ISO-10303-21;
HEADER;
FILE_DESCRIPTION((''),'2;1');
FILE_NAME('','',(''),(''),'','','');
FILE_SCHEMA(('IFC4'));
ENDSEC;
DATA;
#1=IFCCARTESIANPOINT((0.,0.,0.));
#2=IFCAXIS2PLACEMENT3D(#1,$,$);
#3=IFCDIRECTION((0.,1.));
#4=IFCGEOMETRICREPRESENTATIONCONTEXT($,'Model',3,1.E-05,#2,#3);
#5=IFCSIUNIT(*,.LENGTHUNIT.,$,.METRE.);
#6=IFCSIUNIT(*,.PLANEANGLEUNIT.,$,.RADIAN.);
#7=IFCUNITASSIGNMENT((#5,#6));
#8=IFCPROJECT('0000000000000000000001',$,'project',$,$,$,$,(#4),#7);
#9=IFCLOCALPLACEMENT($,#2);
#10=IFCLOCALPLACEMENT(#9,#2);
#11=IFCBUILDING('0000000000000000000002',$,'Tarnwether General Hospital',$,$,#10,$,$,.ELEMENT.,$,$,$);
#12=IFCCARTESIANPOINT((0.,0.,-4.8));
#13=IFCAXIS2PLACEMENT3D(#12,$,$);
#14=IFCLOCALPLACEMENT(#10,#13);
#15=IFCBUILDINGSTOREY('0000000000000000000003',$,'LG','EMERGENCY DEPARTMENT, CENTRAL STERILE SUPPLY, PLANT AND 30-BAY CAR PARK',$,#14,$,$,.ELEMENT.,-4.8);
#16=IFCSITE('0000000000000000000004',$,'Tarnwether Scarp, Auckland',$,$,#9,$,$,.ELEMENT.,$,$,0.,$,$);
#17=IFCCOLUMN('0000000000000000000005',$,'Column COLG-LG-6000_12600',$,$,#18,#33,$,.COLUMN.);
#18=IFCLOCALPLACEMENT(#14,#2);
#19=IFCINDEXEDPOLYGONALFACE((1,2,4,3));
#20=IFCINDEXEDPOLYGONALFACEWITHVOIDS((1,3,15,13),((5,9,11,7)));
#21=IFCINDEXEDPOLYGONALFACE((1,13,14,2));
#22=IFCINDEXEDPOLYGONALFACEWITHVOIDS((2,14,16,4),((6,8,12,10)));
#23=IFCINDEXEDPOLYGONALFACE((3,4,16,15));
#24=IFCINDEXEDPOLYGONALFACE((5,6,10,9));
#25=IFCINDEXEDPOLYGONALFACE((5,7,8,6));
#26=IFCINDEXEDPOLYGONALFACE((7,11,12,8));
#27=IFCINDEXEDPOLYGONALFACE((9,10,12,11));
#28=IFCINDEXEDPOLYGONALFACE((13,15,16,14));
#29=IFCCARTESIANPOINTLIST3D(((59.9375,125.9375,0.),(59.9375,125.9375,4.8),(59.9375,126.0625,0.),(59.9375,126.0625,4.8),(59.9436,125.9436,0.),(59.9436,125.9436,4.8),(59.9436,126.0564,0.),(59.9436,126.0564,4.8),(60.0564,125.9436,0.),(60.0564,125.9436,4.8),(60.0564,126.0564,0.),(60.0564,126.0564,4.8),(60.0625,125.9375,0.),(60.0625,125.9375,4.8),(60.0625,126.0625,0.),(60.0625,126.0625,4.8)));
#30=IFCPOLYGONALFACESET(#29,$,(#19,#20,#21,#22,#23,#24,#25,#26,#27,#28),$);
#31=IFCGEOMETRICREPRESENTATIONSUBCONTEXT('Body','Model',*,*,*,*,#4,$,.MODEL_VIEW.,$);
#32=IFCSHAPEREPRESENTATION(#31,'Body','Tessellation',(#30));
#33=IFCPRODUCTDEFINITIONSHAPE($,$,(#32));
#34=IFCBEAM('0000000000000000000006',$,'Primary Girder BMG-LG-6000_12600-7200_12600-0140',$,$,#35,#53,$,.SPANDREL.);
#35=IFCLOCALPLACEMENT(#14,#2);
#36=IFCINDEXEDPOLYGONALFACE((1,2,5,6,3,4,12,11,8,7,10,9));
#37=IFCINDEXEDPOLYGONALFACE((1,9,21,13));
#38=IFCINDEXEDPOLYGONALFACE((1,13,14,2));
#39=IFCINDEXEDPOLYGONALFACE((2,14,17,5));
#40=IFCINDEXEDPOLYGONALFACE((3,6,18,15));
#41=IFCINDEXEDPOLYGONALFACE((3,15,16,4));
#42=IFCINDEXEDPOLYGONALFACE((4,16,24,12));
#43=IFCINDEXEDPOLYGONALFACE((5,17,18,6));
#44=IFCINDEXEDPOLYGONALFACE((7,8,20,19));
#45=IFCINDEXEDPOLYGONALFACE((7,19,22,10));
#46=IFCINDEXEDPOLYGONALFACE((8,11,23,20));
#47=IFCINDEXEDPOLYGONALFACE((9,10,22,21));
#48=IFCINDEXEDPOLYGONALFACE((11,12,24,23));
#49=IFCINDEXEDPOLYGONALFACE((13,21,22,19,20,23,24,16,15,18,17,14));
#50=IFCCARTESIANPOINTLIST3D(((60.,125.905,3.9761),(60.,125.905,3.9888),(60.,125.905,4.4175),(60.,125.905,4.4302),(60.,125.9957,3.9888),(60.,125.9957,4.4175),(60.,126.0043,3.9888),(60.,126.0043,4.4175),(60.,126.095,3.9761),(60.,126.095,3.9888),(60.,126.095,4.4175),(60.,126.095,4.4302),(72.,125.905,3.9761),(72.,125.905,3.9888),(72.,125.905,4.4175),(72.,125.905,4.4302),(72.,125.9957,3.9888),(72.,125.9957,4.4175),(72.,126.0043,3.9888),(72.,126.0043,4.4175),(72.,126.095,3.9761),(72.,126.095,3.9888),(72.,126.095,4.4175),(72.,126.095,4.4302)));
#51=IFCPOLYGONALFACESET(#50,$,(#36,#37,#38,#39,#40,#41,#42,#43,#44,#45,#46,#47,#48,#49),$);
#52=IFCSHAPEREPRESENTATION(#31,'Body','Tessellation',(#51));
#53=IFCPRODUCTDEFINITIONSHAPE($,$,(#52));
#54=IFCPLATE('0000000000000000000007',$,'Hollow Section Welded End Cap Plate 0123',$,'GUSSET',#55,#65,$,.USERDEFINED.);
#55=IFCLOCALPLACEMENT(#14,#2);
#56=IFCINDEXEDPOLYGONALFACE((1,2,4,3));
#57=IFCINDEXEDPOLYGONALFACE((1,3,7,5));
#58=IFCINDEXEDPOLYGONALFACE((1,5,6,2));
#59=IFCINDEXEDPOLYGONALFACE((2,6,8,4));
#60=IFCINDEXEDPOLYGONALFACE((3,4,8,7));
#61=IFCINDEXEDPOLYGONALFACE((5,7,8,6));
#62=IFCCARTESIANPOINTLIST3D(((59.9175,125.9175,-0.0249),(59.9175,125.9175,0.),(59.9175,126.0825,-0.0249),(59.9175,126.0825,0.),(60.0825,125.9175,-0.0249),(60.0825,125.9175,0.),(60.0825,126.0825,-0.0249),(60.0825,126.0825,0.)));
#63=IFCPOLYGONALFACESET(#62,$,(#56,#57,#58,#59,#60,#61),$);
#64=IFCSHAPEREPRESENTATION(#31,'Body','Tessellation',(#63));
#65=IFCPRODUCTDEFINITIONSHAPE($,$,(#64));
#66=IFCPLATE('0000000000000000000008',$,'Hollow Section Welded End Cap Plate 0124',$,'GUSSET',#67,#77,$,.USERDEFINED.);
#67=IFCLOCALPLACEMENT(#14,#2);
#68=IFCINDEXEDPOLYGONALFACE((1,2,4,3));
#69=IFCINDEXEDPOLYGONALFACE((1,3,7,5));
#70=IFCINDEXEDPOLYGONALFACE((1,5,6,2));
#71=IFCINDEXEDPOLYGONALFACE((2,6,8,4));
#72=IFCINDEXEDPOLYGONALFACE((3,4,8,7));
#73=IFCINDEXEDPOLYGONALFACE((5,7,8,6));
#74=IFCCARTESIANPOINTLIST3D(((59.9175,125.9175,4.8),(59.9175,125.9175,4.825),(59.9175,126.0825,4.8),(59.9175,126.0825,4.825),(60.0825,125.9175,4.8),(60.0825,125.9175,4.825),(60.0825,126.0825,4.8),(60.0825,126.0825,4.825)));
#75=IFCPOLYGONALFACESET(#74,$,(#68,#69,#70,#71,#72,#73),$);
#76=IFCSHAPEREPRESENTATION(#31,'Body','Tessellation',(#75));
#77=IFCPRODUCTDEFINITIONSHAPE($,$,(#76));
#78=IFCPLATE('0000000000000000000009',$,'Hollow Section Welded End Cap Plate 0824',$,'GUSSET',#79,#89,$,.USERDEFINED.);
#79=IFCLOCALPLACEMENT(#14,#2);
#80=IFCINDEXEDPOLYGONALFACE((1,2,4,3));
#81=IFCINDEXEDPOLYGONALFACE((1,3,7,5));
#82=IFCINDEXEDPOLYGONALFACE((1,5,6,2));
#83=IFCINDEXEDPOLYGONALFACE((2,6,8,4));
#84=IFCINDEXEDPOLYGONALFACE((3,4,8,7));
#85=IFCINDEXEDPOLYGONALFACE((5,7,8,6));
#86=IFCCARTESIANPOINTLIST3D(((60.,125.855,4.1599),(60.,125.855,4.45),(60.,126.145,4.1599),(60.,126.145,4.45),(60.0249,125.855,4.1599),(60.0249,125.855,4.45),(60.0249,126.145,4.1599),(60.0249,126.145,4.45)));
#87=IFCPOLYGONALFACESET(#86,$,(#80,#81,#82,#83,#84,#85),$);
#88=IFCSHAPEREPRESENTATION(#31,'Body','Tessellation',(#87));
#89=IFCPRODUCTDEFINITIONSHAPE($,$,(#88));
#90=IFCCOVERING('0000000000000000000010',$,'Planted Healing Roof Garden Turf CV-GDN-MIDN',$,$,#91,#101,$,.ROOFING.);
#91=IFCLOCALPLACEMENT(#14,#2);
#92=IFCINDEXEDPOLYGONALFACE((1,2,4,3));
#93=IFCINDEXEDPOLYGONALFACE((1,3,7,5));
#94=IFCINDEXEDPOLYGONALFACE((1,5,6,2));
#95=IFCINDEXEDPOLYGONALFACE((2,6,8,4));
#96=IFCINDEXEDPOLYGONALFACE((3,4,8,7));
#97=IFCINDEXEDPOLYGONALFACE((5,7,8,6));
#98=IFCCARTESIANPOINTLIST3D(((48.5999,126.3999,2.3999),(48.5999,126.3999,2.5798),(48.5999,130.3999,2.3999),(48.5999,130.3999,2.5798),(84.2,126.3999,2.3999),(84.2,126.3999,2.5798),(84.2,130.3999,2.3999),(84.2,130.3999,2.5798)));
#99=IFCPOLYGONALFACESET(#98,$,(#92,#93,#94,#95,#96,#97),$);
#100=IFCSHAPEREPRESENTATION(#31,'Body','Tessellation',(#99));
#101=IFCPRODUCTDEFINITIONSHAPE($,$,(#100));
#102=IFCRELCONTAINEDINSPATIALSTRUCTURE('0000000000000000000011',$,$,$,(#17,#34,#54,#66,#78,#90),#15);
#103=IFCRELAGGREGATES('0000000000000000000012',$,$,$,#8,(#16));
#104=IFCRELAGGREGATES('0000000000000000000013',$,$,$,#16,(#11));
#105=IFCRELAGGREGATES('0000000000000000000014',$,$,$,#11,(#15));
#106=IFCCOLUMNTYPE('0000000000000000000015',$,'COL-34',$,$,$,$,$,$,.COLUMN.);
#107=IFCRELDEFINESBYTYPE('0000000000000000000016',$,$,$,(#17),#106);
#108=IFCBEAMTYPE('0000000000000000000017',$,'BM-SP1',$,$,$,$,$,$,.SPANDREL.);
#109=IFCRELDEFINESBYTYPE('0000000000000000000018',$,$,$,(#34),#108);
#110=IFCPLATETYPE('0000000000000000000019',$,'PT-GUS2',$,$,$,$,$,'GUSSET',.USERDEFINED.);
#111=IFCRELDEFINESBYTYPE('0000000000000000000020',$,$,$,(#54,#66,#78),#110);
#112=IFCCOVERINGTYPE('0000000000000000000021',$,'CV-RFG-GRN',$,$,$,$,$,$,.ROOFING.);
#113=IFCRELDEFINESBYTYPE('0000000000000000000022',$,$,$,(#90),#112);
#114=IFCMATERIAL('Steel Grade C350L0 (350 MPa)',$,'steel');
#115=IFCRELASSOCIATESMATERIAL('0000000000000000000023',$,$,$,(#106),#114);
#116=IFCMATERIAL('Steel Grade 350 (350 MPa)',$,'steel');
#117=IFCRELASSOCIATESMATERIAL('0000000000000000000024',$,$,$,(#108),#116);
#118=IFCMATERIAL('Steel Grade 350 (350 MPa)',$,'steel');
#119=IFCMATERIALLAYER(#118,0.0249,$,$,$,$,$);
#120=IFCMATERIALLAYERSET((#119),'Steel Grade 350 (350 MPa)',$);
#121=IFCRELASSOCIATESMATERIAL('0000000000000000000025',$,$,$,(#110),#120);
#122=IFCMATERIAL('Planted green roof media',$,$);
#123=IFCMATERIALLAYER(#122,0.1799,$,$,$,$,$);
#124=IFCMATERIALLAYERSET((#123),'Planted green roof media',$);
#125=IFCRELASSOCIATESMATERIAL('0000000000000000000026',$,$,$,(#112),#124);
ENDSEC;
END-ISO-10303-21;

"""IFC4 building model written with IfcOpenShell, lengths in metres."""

from ifc_helpers import new_model, si_unit, direction, frame, origin, origin_2d, place, context, subcontext, project, spatial, rectangle, hollow_rectangle, i_section, extrude, material, layer, layer_set, material_profile, profile_set, type_object, element, save


model = new_model("IFC4")

# Units and contexts
model_context = context("Model", 3, precision=1e-05, world=origin(), true_north=direction((0.0, 1.0)))
body_context = subcontext(model_context, "Body", "Model", "MODEL_VIEW")
ifc_project = project(units=[si_unit("LENGTHUNIT", "METRE"), si_unit("PLANEANGLEUNIT", "RADIAN")], contexts=[model_context])

# Site, building, storey
site_placement = place(None, origin())
site = spatial("IfcSite", under=ifc_project, at=site_placement, Name="Tarnwether Scarp, Auckland", CompositionType="ELEMENT", RefElevation=0.0)
building_placement = place(site_placement, origin())
building = spatial("IfcBuilding", under=site, at=building_placement, Name="Tarnwether General Hospital", CompositionType="ELEMENT")
storey_placement = place(building_placement, frame((0.0, 0.0, -4.8)))
storey = spatial("IfcBuildingStorey", under=building, at=storey_placement, Name="LG", Description="EMERGENCY DEPARTMENT, CENTRAL STERILE SUPPLY, PLANT AND 30-BAY CAR PARK", CompositionType="ELEMENT", Elevation=-4.8)

# Column
ifc_material_1 = material(Name="Steel Grade C350L0 (350 MPa)", Category="steel")
ifc_material_profile_1 = material_profile(ifc_material_1, hollow_rectangle(XDim=0.125, YDim=0.125, WallThickness=0.0061, at=origin_2d()), Name="SHS125x125x6")
ifc_profile_set_1 = profile_set([ifc_material_profile_1], Name="Steel Grade C350L0 (350 MPa)")
column_type = type_object("IfcColumnType", Name="COL-34", PredefinedType="COLUMN", material=ifc_profile_set_1)
column_placement = place(storey_placement, frame((60.0, 126.0, 0.0), z_axis=(0.0, 0.0, 1.0), x_axis=(0.0, 1.0, 0.0)))
element("IfcColumn", 1, at=column_placement, inside=storey, type_object=column_type, Name="Column COLG-LG-6000_12600", PredefinedType="COLUMN", context=body_context, shape_type="SweptSolid", body=[
    extrude(hollow_rectangle(XDim=0.125, YDim=0.125, WallThickness=0.0061, at=origin_2d()), origin(), (0.0, 0.0, 1.0), 4.8),
])

# Beam
ifc_material_2 = material(Name="Steel Grade 350 (350 MPa)", Category="steel")
ifc_material_profile_2 = material_profile(ifc_material_2, i_section(OverallWidth=0.1899, OverallDepth=0.4541, WebThickness=0.0085, FlangeThickness=0.0127, at=origin_2d()), Name="460UB67.1")
ifc_profile_set_2 = profile_set([ifc_material_profile_2], Name="Steel Grade 350 (350 MPa)")
beam_type = type_object("IfcBeamType", Name="BM-SP1", PredefinedType="SPANDREL", material=ifc_profile_set_2)
beam_placement = place(storey_placement, frame((60.0, 126.0, 4.2031), z_axis=(1.0, 0.0, 0.0), x_axis=(0.0, 1.0, 0.0)))
element("IfcBeam", 2, at=beam_placement, inside=storey, type_object=beam_type, Name="Primary Girder BMG-LG-6000_12600-7200_12600-0140", PredefinedType="SPANDREL", context=body_context, shape_type="SweptSolid", body=[
    extrude(i_section(OverallWidth=0.1899, OverallDepth=0.4541, WebThickness=0.0085, FlangeThickness=0.0127, at=origin_2d()), origin(), (0.0, 0.0, 1.0), 12.0),
])

# Plates
ifc_material_3 = material(Name="Steel Grade 350 (350 MPa)", Category="steel")
ifc_layer_1 = layer(ifc_material_3, 0.0249)
ifc_layer_set_1 = layer_set([ifc_layer_1], Name="Steel Grade 350 (350 MPa)")
plate_type = type_object("IfcPlateType", Name="PT-GUS2", ElementType="GUSSET", PredefinedType="USERDEFINED", material=ifc_layer_set_1)
for number, where, z_axis, x_axis, name in (
    (3, (60.0, 126.0, -0.0249), (0.0, 0.0, 1.0), (1.0, 0.0, 0.0), "Hollow Section Welded End Cap Plate 0123"),
    (4, (60.0, 126.0, 4.8), (0.0, 0.0, 1.0), (1.0, 0.0, 0.0), "Hollow Section Welded End Cap Plate 0124"),
):
    element("IfcPlate", number, at=place(storey_placement, frame(where, z_axis=z_axis, x_axis=x_axis)), inside=storey, type_object=plate_type, Name=name, ObjectType="GUSSET", PredefinedType="USERDEFINED", context=body_context, shape_type="SweptSolid", body=[
        extrude(rectangle(XDim=0.165, YDim=0.165, at=origin_2d()), origin(), (0.0, 0.0, 1.0), 0.0249),
    ])
plate_placement = place(storey_placement, frame((60.0125, 126.0, 4.1599), z_axis=(0.0, 0.0, 1.0), x_axis=(1.0, 0.0, 0.0)))
element("IfcPlate", 5, at=plate_placement, inside=storey, type_object=plate_type, Name="Hollow Section Welded End Cap Plate 0824", ObjectType="GUSSET", PredefinedType="USERDEFINED", context=body_context, shape_type="SweptSolid", body=[
    extrude(rectangle(XDim=0.0249, YDim=0.29, at=origin_2d()), origin(), (0.0, 0.0, 1.0), 0.29),
])

# Covering
ifc_material_4 = material(Name="Planted green roof media")
ifc_layer_2 = layer(ifc_material_4, 0.1799)
ifc_layer_set_2 = layer_set([ifc_layer_2], Name="Planted green roof media")
covering_type = type_object("IfcCoveringType", Name="CV-RFG-GRN", PredefinedType="ROOFING", material=ifc_layer_set_2)
covering_placement = place(storey_placement, frame((66.3999, 128.3999, 2.3999), z_axis=(0.0, 0.0, 1.0), x_axis=(1.0, 0.0, 0.0)))
element("IfcCovering", 6, at=covering_placement, inside=storey, type_object=covering_type, Name="Planted Healing Roof Garden Turf CV-GDN-MIDN", PredefinedType="ROOFING", context=body_context, shape_type="SweptSolid", body=[
    extrude(rectangle(XDim=35.6001, YDim=4.0, at=origin_2d()), origin(), (0.0, 0.0, 1.0), 0.1799),
])

save(model, "model.ifc")
